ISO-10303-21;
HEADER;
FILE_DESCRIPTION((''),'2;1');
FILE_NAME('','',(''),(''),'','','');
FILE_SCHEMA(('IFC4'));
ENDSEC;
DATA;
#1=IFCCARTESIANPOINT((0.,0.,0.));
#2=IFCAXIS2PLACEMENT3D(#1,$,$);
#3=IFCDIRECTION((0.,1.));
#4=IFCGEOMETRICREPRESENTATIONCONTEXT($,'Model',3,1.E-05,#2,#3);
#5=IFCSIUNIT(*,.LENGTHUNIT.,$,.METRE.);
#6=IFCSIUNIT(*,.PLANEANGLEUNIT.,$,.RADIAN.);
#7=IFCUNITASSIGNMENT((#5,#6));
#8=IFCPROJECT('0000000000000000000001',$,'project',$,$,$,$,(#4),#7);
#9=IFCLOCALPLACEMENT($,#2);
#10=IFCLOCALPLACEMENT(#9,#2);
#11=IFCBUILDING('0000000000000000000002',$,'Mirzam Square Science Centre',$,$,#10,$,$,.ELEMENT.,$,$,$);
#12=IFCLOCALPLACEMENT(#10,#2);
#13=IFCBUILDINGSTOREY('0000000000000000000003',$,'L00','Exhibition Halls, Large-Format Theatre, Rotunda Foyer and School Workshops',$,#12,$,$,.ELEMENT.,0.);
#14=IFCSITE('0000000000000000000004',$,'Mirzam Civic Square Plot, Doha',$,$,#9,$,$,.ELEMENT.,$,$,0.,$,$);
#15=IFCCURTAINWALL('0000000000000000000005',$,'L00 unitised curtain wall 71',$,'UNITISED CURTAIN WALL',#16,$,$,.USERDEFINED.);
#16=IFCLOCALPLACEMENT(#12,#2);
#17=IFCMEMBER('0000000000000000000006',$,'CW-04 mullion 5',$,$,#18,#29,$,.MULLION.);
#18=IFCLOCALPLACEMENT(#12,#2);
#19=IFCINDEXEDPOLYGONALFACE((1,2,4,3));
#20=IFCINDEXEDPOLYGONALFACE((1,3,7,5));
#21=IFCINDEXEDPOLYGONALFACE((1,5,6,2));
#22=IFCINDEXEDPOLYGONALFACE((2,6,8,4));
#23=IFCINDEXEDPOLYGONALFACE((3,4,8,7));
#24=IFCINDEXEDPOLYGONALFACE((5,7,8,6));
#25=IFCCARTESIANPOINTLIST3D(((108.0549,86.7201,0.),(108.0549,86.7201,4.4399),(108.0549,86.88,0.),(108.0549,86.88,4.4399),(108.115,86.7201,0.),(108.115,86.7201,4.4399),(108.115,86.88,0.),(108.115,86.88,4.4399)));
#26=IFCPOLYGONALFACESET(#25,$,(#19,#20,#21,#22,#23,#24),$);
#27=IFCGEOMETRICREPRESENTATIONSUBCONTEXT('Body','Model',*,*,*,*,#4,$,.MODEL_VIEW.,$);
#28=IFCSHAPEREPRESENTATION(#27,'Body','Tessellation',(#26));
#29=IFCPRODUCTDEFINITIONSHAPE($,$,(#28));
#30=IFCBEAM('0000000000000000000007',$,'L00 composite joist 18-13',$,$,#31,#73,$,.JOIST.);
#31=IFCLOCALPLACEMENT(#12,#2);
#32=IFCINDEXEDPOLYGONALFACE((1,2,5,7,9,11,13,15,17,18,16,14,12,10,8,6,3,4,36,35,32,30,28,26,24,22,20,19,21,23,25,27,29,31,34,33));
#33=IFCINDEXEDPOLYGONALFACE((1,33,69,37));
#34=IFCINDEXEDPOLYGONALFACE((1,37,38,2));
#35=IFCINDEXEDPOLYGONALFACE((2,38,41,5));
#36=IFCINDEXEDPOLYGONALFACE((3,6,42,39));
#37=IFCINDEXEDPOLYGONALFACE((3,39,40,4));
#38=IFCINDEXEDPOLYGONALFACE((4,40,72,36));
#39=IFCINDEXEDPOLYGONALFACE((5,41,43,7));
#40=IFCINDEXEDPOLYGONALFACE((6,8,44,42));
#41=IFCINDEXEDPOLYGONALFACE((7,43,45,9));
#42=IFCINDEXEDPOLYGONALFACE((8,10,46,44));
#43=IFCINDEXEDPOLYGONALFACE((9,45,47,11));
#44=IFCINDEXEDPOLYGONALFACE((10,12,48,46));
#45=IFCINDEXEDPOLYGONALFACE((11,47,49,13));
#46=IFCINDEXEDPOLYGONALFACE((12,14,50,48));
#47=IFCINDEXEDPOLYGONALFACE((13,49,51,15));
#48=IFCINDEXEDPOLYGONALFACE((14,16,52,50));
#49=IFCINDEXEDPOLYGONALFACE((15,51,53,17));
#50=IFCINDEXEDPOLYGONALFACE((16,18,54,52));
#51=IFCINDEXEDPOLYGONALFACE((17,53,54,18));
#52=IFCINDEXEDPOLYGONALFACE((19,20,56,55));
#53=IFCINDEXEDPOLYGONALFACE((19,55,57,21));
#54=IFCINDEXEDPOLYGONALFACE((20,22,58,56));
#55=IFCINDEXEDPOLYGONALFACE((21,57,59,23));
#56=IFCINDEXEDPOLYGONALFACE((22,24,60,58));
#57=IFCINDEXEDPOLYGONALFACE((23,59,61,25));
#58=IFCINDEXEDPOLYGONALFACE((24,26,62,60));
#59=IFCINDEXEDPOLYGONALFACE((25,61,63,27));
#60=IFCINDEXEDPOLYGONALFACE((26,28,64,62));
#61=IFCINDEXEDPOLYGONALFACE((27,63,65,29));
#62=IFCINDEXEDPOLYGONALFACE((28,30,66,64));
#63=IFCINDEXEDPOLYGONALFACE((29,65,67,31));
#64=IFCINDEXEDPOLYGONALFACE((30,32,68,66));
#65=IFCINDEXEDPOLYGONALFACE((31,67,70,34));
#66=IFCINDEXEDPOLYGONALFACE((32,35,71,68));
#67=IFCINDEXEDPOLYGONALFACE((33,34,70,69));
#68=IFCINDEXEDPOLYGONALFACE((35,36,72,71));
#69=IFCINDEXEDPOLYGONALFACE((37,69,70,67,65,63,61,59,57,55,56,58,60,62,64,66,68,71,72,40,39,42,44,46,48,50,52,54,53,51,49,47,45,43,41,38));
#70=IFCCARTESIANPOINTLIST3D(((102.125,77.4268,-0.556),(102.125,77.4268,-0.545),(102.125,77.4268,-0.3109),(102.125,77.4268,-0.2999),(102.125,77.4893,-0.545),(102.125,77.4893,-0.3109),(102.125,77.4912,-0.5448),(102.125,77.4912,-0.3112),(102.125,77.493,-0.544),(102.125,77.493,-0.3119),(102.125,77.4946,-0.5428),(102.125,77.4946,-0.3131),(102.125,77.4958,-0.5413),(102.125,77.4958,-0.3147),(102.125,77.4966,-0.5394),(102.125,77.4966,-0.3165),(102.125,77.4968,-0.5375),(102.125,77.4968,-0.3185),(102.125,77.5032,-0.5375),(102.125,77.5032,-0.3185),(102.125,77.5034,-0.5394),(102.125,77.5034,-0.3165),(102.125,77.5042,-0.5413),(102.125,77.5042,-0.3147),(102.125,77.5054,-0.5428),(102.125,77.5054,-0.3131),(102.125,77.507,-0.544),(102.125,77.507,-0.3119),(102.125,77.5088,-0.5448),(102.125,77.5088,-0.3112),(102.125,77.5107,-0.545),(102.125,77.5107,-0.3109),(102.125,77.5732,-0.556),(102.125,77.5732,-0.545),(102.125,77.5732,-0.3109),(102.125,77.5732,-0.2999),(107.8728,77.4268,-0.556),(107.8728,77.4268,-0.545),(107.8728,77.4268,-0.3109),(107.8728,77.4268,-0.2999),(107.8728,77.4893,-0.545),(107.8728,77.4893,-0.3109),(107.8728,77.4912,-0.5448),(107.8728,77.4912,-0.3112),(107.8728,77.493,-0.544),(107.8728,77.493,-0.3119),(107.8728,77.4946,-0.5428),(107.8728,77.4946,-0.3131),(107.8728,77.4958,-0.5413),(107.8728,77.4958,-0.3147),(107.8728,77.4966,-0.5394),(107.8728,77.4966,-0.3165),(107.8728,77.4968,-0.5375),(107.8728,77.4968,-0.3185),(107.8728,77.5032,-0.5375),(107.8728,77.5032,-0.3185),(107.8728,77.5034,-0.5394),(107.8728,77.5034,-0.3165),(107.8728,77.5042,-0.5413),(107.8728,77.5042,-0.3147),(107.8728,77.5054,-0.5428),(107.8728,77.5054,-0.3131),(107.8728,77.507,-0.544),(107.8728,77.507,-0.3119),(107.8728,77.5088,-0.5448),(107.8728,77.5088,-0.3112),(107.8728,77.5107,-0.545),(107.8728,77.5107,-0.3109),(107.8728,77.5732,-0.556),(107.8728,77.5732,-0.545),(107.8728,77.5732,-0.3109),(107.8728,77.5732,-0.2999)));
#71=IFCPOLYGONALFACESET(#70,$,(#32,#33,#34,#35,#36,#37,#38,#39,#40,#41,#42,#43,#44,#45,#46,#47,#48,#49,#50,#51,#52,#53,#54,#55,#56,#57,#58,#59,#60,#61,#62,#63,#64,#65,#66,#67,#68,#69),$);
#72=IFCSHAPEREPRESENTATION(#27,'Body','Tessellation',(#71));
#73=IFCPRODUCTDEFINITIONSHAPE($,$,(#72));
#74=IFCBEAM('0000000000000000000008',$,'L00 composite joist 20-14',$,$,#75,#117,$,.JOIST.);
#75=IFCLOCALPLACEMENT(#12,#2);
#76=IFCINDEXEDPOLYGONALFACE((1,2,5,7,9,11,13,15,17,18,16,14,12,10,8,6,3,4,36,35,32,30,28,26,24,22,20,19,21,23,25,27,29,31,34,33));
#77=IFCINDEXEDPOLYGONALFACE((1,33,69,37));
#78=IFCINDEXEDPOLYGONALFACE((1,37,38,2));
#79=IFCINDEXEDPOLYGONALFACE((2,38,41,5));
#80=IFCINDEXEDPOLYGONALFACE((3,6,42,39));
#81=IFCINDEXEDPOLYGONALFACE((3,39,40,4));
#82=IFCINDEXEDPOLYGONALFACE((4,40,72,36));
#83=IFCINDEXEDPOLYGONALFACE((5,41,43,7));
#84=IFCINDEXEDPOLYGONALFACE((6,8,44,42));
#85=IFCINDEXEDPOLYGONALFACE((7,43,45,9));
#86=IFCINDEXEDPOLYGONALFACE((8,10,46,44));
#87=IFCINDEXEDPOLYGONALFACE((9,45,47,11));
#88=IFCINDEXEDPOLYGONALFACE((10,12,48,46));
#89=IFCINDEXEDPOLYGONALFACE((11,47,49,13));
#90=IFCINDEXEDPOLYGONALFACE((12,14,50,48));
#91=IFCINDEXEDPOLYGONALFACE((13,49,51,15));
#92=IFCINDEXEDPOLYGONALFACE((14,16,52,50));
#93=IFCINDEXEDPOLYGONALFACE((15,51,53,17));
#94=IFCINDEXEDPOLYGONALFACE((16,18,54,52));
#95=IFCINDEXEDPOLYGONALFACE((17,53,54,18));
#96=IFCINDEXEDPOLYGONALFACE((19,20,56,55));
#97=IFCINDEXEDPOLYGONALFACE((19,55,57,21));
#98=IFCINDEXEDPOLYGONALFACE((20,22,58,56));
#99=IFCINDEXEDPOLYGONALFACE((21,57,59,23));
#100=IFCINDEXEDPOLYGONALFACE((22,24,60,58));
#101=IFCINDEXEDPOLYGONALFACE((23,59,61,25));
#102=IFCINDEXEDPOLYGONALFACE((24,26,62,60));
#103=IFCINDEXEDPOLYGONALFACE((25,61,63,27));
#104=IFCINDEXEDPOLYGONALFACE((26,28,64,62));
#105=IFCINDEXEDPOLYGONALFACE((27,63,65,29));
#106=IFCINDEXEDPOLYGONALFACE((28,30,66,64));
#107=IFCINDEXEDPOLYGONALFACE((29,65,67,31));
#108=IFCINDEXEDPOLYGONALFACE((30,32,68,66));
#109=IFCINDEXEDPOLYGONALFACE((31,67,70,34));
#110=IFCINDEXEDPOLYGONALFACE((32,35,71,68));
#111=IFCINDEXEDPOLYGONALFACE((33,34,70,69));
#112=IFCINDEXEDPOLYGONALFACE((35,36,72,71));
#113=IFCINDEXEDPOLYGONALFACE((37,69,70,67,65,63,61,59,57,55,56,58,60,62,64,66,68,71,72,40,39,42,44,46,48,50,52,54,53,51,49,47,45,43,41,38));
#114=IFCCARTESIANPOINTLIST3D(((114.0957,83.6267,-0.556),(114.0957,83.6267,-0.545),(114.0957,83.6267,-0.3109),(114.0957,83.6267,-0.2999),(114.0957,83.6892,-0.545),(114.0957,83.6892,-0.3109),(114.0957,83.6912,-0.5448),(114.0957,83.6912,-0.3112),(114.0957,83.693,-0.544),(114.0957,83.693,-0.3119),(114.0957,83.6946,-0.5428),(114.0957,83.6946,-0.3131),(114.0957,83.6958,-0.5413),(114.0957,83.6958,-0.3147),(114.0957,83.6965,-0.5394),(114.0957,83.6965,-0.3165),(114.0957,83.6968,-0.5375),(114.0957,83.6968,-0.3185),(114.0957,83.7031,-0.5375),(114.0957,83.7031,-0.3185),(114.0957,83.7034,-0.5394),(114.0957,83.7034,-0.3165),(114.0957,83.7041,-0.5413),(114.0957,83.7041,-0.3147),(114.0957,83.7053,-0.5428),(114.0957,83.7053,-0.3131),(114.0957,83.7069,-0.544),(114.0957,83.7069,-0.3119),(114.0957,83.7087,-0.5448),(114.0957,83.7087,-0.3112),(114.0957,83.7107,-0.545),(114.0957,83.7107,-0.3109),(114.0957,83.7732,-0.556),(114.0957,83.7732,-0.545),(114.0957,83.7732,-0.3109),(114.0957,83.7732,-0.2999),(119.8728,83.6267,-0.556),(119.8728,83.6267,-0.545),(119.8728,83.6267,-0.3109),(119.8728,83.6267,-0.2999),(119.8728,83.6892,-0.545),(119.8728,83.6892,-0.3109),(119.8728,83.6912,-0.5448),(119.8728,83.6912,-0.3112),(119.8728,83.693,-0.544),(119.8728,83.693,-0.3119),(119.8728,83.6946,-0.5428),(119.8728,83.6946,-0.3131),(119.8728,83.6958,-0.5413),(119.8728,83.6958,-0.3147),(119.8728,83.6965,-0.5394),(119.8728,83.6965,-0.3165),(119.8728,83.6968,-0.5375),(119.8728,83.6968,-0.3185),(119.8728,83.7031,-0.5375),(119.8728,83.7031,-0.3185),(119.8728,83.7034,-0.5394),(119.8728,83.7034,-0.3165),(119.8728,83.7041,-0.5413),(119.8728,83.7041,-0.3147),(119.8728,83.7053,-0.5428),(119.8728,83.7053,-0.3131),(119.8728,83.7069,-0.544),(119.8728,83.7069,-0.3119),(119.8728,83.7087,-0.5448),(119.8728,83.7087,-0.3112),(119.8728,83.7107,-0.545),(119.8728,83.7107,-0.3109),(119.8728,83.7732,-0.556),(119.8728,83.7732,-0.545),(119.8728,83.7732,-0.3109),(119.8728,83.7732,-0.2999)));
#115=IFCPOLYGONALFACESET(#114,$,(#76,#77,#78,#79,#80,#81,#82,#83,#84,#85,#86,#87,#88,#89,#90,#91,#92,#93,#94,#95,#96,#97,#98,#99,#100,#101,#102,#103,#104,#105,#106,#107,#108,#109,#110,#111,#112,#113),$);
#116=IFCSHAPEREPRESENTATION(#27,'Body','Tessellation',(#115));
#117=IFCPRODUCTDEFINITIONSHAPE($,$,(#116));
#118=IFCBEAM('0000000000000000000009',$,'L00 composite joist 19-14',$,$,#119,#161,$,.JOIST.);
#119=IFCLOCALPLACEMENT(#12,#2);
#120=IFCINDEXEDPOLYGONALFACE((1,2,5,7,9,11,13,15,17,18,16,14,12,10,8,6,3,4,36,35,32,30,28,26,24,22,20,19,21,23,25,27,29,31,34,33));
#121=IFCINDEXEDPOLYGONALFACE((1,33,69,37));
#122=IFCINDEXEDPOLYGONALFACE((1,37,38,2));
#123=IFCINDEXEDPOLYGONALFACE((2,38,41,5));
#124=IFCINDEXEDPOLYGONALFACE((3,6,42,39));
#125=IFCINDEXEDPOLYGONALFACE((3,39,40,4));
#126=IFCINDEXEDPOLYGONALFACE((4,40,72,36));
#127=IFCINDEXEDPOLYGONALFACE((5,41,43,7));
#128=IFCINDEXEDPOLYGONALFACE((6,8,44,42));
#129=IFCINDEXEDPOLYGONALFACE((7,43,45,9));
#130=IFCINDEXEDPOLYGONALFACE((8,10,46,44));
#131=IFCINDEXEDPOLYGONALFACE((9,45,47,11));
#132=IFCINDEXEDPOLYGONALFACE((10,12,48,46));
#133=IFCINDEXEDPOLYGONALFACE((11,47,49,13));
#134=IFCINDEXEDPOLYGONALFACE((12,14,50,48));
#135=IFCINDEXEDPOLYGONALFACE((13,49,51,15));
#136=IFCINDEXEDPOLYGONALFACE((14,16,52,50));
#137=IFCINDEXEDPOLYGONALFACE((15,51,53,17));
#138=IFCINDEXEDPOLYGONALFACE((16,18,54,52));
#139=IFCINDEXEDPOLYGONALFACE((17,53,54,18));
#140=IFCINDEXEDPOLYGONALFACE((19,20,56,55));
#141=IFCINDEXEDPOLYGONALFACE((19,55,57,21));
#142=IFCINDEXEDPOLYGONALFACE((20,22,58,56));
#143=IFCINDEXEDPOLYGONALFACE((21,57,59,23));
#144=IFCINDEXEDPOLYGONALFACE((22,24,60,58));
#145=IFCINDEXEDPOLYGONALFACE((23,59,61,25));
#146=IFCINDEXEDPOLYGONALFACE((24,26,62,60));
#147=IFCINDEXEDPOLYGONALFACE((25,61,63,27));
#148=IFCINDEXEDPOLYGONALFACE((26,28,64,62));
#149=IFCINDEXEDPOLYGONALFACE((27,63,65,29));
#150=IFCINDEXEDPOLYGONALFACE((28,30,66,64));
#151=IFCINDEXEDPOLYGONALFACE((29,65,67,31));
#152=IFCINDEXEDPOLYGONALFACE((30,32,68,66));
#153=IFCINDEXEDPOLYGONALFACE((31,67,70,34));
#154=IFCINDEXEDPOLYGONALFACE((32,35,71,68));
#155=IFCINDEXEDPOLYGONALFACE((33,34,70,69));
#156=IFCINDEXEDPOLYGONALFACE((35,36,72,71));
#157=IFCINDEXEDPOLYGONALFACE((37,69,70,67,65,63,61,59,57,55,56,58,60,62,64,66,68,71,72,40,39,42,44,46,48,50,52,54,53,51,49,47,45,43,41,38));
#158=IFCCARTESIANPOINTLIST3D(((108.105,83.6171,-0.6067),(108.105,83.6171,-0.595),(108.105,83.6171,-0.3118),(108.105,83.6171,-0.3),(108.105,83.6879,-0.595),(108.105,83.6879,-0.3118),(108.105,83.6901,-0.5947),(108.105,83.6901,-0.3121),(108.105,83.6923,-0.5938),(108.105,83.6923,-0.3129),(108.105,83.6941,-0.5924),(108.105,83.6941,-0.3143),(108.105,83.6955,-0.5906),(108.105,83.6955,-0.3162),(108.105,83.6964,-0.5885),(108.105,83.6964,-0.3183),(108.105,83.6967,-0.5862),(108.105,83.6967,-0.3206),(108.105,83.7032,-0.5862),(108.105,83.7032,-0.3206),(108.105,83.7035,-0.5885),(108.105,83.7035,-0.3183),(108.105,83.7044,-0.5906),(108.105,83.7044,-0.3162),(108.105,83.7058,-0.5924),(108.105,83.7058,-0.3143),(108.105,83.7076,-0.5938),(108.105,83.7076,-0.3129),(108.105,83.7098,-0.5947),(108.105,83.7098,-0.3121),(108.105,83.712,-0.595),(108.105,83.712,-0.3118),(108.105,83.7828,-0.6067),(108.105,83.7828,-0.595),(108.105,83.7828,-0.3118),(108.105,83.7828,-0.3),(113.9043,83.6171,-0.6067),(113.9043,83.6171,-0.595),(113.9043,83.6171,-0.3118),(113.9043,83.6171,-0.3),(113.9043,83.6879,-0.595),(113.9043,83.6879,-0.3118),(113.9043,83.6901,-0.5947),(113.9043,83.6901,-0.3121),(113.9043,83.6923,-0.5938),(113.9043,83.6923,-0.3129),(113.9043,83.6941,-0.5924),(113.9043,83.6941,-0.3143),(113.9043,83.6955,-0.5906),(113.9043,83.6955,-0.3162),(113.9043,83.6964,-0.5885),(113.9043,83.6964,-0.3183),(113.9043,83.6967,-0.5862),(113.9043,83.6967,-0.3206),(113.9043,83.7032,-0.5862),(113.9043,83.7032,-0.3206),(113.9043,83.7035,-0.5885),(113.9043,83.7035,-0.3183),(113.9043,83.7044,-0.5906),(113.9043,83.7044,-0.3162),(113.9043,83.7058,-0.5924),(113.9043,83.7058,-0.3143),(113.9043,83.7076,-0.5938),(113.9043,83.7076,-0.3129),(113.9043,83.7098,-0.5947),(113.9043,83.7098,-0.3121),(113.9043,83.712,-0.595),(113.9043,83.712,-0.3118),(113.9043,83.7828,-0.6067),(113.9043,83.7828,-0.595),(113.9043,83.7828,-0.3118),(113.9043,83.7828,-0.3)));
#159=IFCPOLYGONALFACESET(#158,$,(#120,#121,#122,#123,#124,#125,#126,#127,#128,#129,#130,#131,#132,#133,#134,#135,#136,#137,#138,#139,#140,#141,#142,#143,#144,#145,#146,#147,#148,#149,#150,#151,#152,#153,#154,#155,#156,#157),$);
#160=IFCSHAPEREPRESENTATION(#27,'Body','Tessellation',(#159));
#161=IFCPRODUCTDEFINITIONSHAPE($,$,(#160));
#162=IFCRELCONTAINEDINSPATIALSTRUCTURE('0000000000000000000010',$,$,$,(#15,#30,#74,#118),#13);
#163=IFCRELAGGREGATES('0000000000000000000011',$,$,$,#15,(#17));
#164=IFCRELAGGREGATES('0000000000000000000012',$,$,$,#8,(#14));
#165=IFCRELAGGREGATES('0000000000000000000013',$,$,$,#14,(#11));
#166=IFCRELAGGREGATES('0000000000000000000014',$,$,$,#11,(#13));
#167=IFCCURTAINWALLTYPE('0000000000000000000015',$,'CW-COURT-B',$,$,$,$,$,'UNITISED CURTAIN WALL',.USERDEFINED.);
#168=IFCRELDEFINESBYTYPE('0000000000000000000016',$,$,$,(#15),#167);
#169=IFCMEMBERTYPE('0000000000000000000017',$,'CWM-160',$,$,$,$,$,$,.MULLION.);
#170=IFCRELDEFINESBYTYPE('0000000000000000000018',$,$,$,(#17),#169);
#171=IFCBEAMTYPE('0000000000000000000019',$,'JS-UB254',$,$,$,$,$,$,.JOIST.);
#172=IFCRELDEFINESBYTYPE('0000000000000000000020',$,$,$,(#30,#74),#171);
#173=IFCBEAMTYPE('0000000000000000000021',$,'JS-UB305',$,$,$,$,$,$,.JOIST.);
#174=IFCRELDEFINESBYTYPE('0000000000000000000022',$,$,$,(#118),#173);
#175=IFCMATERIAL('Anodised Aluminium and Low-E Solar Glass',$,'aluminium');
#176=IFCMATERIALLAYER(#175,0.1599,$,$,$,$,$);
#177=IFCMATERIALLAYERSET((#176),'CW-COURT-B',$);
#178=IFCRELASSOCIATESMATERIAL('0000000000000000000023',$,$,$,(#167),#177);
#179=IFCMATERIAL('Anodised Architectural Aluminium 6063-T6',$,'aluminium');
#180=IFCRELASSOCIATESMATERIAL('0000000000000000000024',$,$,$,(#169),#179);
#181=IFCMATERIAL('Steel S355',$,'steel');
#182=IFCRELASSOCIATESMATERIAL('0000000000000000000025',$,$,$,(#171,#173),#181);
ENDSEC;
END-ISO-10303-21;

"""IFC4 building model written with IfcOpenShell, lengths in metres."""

from ifc_helpers import new_model, si_unit, direction, frame, origin, origin_2d, place, context, subcontext, project, spatial, rectangle, i_section, extrude, material, layer, layer_set, material_profile, profile_set, type_object, element, aggregate, save


model = new_model("IFC4")

# Units and contexts
model_context = context("Model", 3, precision=1e-05, world=origin(), true_north=direction((0.0, 1.0)))
body_context = subcontext(model_context, "Body", "Model", "MODEL_VIEW")
ifc_project = project(units=[si_unit("LENGTHUNIT", "METRE"), si_unit("PLANEANGLEUNIT", "RADIAN")], contexts=[model_context])

# Site, building, storey
site_placement = place(None, origin())
site = spatial("IfcSite", under=ifc_project, at=site_placement, Name="Mirzam Civic Square Plot, Doha", CompositionType="ELEMENT", RefElevation=0.0)
building_placement = place(site_placement, origin())
building = spatial("IfcBuilding", under=site, at=building_placement, Name="Mirzam Square Science Centre", CompositionType="ELEMENT")
storey_placement = place(building_placement, origin())
storey = spatial("IfcBuildingStorey", under=building, at=storey_placement, Name="L00", Description="Exhibition Halls, Large-Format Theatre, Rotunda Foyer and School Workshops", CompositionType="ELEMENT", Elevation=0.0)

# Shared definitions
ifc_material_1 = material(Name="Steel S355", Category="steel")

# Curtain wall, member
ifc_material_2 = material(Name="Anodised Aluminium and Low-E Solar Glass", Category="aluminium")
ifc_layer_1 = layer(ifc_material_2, 0.1599)
ifc_layer_set_1 = layer_set([ifc_layer_1], Name="CW-COURT-B")
curtain_wall_type = type_object("IfcCurtainWallType", Name="CW-COURT-B", ElementType="UNITISED CURTAIN WALL", PredefinedType="USERDEFINED", material=ifc_layer_set_1)
curtain_wall_placement = place(storey_placement, origin())
curtain_wall = element("IfcCurtainWall", 1, at=curtain_wall_placement, inside=storey, type_object=curtain_wall_type, Name="L00 unitised curtain wall 71", ObjectType="UNITISED CURTAIN WALL", PredefinedType="USERDEFINED")
ifc_material_3 = material(Name="Anodised Architectural Aluminium 6063-T6", Category="aluminium")
ifc_material_profile_1 = material_profile(ifc_material_3, rectangle(XDim=0.0601, YDim=0.1599, at=origin_2d()), Name="ALU-MULL-160x60x4")
ifc_profile_set_1 = profile_set([ifc_material_profile_1], Name="Anodised Architectural Aluminium 6063-T6")
member_type = type_object("IfcMemberType", Name="CWM-160", PredefinedType="MULLION", material=ifc_profile_set_1)
member_placement = place(storey_placement, frame((108.085, 86.8, 0.0), z_axis=(0.0, 0.0, 1.0), x_axis=(-1.0, 0.0, 0.0)))
member = element("IfcMember", 2, at=member_placement, type_object=member_type, Name="CW-04 mullion 5", PredefinedType="MULLION", context=body_context, shape_type="SweptSolid", body=[
    extrude(rectangle(XDim=0.0601, YDim=0.1599, at=origin_2d()), origin(), (0.0, 0.0, 1.0), 4.4399),
])
aggregate(curtain_wall, [member])

# Beams
ifc_material_profile_2 = material_profile(ifc_material_1, i_section(OverallWidth=0.1465, OverallDepth=0.2561, WebThickness=0.0063, FlangeThickness=0.011, FilletRadius=0.0076, at=origin_2d()), Name="254x146x37UB")
ifc_profile_set_2 = profile_set([ifc_material_profile_2], Name="Steel S355")
beam_type_1 = type_object("IfcBeamType", Name="JS-UB254", PredefinedType="JOIST", material=ifc_profile_set_2)
beam_1_placement = place(storey_placement, frame((102.125, 77.5, -0.428), z_axis=(1.0, 0.0, 0.0), x_axis=(0.0, 1.0, 0.0)))
element("IfcBeam", 3, at=beam_1_placement, inside=storey, type_object=beam_type_1, Name="L00 composite joist 18-13", PredefinedType="JOIST", context=body_context, shape_type="SweptSolid", body=[
    extrude(i_section(OverallWidth=0.1465, OverallDepth=0.2561, WebThickness=0.0063, FlangeThickness=0.011, FilletRadius=0.0076, at=origin_2d()), origin(), (0.0, 0.0, 1.0), 5.7478),
])
beam_2_placement = place(storey_placement, frame((114.0957, 83.7, -0.428), z_axis=(1.0, 0.0, 0.0), x_axis=(0.0, 1.0, 0.0)))
element("IfcBeam", 4, at=beam_2_placement, inside=storey, type_object=beam_type_1, Name="L00 composite joist 20-14", PredefinedType="JOIST", context=body_context, shape_type="SweptSolid", body=[
    extrude(i_section(OverallWidth=0.1465, OverallDepth=0.2561, WebThickness=0.0063, FlangeThickness=0.011, FilletRadius=0.0076, at=origin_2d()), origin(), (0.0, 0.0, 1.0), 5.7771),
])
ifc_material_profile_3 = material_profile(ifc_material_1, i_section(OverallWidth=0.1658, OverallDepth=0.3066, WebThickness=0.0066, FlangeThickness=0.0117, FilletRadius=0.0088, at=origin_2d()), Name="305x165x46UB")
ifc_profile_set_3 = profile_set([ifc_material_profile_3], Name="Steel S355")
beam_type_2 = type_object("IfcBeamType", Name="JS-UB305", PredefinedType="JOIST", material=ifc_profile_set_3)
beam_3_placement = place(storey_placement, frame((108.105, 83.7, -0.4534), z_axis=(1.0, 0.0, 0.0), x_axis=(0.0, 1.0, 0.0)))
element("IfcBeam", 5, at=beam_3_placement, inside=storey, type_object=beam_type_2, Name="L00 composite joist 19-14", PredefinedType="JOIST", context=body_context, shape_type="SweptSolid", body=[
    extrude(i_section(OverallWidth=0.1658, OverallDepth=0.3066, WebThickness=0.0066, FlangeThickness=0.0117, FilletRadius=0.0088, at=origin_2d()), origin(), (0.0, 0.0, 1.0), 5.7993),
])

save(model, "model.ifc")
